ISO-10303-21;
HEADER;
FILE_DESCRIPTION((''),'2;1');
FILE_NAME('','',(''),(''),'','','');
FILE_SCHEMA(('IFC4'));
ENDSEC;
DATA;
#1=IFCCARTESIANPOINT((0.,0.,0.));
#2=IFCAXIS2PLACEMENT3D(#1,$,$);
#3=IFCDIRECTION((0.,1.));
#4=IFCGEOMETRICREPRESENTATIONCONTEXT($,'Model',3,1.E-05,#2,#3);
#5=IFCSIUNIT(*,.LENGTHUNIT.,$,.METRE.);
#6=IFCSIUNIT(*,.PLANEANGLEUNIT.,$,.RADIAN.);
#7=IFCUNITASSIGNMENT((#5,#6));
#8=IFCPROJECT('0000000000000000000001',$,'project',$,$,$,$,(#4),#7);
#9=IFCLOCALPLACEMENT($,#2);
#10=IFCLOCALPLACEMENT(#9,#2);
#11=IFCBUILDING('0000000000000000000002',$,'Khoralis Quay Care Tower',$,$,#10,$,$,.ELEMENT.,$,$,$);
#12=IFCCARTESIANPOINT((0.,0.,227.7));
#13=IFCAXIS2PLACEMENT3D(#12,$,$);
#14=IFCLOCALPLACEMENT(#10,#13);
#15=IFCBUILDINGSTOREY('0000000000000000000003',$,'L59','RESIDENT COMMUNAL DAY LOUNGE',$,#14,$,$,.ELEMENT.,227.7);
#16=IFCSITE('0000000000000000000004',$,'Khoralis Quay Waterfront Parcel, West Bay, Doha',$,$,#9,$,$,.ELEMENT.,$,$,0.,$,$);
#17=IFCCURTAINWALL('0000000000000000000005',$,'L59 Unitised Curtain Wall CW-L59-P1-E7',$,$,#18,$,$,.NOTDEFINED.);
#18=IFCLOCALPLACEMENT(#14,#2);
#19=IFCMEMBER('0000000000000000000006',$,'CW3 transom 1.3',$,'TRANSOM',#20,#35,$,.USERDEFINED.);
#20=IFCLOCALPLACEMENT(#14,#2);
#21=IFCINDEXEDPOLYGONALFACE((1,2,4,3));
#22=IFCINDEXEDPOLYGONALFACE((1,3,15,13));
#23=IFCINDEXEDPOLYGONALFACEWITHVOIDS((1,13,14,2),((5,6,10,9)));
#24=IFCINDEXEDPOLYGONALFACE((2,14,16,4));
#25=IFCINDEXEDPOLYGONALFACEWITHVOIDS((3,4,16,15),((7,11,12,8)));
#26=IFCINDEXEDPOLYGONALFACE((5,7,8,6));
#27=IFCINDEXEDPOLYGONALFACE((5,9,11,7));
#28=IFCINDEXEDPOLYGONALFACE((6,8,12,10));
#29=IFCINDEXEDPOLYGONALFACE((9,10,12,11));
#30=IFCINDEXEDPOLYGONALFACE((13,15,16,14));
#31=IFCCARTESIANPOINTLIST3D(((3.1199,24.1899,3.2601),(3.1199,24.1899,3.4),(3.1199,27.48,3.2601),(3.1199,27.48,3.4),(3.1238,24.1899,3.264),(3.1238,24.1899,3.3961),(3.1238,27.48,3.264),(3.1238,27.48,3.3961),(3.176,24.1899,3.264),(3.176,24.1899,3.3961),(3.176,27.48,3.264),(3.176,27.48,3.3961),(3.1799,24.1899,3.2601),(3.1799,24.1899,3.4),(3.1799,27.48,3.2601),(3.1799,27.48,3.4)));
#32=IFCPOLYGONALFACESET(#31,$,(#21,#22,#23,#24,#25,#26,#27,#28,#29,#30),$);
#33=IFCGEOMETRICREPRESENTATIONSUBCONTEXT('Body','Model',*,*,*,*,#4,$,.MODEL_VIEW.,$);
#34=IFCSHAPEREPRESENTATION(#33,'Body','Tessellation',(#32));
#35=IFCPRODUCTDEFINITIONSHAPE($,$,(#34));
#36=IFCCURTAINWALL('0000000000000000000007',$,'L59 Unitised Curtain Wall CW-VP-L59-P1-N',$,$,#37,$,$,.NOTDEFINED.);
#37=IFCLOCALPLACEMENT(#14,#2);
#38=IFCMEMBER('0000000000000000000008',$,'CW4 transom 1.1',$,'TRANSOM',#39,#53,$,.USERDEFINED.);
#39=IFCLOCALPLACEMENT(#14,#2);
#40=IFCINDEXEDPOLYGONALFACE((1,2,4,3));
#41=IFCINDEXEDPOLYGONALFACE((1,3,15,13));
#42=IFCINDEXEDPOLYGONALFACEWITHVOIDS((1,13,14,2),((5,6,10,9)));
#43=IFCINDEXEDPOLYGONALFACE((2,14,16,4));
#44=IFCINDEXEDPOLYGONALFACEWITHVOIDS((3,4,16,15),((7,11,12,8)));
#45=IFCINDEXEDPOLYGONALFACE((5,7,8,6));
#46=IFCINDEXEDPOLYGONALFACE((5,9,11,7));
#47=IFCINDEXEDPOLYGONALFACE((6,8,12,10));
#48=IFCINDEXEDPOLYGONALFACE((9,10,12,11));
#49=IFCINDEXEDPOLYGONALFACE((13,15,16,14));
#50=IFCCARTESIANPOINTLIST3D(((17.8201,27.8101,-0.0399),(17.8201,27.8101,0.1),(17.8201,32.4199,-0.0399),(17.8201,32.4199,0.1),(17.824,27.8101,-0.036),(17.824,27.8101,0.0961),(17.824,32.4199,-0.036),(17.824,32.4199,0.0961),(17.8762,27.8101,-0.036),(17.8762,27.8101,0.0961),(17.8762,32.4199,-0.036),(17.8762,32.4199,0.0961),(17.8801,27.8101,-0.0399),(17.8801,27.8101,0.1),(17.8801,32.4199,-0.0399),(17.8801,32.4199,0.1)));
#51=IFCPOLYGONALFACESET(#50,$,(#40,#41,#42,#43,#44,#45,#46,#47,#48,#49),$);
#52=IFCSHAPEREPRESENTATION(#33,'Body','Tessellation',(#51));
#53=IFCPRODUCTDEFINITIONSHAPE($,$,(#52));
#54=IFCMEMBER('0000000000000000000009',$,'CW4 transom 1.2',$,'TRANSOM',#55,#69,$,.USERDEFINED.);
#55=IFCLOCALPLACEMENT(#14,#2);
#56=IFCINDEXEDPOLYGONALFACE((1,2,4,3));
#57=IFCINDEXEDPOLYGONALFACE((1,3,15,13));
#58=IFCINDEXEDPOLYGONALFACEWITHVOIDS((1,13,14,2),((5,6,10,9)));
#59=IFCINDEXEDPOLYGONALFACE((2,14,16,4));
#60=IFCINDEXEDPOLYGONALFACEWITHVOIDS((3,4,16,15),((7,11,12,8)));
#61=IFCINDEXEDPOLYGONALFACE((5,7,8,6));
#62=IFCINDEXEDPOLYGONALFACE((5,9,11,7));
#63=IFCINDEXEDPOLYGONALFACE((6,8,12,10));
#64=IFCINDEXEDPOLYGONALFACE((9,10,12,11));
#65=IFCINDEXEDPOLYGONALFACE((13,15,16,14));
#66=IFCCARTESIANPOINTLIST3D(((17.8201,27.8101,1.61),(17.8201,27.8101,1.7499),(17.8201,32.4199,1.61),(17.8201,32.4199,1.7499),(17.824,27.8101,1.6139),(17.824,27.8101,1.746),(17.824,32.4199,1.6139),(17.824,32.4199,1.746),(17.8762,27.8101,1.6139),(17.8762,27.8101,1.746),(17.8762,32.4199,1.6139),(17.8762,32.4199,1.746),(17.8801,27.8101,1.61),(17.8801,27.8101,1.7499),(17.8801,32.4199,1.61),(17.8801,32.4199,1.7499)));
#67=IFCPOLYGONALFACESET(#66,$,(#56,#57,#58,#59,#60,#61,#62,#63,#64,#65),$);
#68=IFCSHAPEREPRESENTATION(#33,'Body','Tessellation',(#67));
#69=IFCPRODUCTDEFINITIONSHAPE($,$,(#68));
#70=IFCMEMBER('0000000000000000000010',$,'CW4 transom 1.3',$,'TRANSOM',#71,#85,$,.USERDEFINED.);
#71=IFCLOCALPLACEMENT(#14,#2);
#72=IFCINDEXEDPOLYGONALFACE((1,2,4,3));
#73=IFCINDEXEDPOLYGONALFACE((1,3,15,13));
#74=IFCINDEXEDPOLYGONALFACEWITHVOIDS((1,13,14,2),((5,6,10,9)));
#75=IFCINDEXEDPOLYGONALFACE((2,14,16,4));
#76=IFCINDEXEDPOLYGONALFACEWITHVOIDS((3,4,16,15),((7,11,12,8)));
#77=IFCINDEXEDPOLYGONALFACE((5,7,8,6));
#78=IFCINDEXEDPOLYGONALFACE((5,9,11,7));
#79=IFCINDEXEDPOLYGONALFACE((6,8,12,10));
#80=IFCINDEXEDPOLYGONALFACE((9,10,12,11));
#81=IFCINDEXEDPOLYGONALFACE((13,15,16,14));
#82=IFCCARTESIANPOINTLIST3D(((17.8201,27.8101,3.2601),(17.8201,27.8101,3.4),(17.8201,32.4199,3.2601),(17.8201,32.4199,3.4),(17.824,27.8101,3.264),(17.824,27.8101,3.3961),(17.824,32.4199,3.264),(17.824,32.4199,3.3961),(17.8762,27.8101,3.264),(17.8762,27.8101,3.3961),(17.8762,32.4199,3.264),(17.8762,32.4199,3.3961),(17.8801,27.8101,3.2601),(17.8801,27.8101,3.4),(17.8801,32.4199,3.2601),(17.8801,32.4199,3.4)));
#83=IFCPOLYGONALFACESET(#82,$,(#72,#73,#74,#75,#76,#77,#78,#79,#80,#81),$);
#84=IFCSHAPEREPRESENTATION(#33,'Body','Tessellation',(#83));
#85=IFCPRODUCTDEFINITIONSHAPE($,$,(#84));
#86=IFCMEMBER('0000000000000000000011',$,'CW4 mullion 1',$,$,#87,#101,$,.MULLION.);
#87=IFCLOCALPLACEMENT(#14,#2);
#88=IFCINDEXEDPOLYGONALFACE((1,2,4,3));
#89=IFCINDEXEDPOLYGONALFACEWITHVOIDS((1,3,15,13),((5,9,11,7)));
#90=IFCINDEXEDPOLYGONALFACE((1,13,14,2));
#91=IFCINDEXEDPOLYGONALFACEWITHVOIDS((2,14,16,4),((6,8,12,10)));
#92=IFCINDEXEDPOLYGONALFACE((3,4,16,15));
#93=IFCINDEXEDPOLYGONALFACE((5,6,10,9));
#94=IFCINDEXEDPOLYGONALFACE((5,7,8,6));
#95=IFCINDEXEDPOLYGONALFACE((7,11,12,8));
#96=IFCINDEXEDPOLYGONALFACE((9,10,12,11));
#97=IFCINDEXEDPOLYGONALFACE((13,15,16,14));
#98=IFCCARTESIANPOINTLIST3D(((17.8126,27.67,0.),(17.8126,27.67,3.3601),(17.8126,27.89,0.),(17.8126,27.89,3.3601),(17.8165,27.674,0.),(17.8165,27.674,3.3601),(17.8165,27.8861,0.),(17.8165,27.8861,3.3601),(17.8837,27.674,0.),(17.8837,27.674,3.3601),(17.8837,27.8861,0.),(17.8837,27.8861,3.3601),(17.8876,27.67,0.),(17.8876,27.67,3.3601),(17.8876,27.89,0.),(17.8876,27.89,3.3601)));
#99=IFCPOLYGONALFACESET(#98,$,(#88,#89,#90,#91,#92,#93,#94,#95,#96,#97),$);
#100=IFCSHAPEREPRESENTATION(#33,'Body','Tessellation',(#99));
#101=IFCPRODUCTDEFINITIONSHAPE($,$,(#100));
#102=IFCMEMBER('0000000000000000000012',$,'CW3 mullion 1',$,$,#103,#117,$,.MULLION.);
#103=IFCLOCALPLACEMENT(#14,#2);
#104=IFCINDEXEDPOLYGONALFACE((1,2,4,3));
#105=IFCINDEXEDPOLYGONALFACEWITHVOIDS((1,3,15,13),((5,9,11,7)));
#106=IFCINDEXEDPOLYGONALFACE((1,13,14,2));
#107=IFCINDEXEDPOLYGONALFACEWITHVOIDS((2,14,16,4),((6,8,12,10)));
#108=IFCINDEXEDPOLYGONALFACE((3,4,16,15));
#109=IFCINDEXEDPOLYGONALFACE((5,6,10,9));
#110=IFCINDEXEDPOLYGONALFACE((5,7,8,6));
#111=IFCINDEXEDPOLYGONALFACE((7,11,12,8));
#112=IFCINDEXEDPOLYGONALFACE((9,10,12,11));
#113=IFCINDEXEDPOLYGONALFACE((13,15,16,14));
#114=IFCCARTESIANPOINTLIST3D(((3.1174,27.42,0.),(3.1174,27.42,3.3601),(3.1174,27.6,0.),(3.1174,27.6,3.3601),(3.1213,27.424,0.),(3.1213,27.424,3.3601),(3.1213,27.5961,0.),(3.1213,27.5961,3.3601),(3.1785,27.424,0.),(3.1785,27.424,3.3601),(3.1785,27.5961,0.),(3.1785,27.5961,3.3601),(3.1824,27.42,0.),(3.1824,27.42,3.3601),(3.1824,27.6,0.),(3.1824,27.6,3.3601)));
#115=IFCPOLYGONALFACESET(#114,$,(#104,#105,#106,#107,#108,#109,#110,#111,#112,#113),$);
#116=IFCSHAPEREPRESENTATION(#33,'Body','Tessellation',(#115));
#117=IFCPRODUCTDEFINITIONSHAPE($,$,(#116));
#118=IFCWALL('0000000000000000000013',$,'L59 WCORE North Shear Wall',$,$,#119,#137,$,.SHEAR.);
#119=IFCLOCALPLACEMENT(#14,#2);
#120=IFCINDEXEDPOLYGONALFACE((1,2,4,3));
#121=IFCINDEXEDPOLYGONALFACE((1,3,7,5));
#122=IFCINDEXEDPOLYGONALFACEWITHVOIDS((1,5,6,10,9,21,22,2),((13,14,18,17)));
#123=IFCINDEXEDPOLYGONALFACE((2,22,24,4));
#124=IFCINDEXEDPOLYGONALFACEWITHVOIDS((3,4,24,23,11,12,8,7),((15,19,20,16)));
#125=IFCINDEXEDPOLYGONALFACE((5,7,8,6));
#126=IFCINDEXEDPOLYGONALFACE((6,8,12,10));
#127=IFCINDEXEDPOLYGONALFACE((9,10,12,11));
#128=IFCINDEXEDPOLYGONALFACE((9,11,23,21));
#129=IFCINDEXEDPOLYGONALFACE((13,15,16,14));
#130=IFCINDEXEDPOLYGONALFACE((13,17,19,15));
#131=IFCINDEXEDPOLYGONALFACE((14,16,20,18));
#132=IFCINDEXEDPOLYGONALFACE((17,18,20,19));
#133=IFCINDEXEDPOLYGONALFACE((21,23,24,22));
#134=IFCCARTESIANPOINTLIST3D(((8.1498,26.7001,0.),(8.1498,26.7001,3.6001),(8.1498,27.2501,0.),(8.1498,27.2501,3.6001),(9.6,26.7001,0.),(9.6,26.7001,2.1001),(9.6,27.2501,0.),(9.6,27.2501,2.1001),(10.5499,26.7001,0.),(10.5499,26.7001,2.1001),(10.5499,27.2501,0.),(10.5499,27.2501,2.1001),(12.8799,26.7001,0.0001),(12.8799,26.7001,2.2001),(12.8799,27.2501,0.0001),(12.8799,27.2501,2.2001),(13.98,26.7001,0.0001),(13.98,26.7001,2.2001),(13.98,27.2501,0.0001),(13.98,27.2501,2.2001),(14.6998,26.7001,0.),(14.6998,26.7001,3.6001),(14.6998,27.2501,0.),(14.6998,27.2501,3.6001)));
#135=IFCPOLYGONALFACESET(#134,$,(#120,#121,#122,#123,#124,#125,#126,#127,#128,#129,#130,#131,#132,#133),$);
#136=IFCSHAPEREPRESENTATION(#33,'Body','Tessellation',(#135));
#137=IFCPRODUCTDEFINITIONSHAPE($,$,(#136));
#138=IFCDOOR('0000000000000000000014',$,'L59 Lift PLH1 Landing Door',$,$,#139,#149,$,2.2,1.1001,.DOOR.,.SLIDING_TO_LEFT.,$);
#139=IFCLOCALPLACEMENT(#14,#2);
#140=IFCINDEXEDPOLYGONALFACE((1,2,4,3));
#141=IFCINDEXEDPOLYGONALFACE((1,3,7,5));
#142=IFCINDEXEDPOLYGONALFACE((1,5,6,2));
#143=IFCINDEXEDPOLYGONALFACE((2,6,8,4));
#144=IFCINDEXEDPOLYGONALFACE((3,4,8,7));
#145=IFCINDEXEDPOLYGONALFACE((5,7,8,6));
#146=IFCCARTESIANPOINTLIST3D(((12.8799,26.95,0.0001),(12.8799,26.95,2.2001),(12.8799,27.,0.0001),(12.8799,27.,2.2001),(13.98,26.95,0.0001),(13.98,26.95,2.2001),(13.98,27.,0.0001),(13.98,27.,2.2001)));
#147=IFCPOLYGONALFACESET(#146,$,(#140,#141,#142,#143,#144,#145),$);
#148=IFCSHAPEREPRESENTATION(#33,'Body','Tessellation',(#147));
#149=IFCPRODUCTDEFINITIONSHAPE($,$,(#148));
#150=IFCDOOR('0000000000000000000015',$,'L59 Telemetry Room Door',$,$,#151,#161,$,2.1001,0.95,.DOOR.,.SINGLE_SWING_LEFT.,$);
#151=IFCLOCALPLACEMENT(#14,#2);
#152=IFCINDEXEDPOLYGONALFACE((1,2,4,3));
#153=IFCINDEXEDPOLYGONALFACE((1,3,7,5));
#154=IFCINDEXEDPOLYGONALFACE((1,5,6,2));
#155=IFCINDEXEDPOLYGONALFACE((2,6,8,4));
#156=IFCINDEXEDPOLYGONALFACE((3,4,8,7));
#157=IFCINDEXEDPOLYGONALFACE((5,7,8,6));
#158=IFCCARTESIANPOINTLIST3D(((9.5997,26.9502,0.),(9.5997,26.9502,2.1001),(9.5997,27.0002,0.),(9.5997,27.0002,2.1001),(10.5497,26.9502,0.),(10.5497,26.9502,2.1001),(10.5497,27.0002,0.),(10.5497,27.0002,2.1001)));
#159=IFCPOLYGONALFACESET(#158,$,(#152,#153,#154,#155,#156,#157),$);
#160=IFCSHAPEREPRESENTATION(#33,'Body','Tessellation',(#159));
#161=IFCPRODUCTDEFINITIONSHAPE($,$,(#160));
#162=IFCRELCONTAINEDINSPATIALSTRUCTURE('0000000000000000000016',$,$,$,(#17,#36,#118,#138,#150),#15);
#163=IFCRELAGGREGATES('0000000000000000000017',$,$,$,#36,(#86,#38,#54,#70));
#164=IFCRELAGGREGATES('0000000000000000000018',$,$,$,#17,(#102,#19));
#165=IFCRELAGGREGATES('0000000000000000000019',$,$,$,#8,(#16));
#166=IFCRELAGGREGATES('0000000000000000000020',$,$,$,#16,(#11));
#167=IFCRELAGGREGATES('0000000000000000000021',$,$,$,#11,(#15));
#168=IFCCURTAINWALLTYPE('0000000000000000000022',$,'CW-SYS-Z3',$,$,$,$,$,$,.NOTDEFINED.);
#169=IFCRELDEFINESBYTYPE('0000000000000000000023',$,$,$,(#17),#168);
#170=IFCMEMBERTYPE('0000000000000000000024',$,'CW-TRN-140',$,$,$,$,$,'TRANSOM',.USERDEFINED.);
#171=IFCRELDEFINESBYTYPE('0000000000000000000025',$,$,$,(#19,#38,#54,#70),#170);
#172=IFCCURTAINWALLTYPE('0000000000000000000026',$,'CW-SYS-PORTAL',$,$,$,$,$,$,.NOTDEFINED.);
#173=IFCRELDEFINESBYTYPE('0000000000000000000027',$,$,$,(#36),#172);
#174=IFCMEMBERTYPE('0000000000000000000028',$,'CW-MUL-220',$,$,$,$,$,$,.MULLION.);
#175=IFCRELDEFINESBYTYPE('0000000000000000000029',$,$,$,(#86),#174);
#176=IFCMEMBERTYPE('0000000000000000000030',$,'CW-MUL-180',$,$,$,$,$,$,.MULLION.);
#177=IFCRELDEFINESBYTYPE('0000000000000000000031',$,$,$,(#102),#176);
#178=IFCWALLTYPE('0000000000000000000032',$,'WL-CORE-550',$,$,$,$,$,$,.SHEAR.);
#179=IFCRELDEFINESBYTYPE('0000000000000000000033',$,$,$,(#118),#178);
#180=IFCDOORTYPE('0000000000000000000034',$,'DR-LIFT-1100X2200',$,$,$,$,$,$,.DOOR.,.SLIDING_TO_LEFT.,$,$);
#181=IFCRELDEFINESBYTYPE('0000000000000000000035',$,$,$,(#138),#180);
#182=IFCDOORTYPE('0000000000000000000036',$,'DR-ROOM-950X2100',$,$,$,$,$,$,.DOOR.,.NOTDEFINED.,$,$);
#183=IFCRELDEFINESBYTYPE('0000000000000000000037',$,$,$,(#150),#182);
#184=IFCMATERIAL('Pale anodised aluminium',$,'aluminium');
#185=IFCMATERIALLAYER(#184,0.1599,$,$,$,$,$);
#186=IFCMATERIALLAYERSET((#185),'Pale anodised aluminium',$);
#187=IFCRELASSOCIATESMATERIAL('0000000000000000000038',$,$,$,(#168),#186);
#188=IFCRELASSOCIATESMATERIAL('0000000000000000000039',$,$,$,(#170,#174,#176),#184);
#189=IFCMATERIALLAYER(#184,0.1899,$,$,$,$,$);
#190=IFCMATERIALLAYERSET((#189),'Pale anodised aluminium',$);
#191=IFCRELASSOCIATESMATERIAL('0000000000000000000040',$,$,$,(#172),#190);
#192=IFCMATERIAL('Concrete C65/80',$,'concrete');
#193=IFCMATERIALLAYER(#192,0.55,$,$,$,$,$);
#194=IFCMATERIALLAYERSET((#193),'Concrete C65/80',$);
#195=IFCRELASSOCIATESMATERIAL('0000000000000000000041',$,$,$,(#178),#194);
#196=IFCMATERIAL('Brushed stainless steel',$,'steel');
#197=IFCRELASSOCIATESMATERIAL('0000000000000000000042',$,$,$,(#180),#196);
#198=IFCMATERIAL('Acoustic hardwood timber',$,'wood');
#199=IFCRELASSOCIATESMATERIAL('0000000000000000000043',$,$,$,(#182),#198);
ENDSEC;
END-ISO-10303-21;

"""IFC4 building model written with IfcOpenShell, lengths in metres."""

from ifc_helpers import new_model, si_unit, direction, frame, frame_2d, origin, origin_2d, place, context, subcontext, project, spatial, rectangle, hollow_rectangle, extrude, source, transform, mapped, material, layer, layer_set, material_profile, profile_set, type_object, element, fill, aggregate, save


model = new_model("IFC4")

# Units and contexts
model_context = context("Model", 3, precision=1e-05, world=origin(), true_north=direction((0.0, 1.0)))
body_context = subcontext(model_context, "Body", "Model", "MODEL_VIEW")
ifc_project = project(units=[si_unit("LENGTHUNIT", "METRE"), si_unit("PLANEANGLEUNIT", "RADIAN")], contexts=[model_context])

# Site, building, storey
site_placement = place(None, origin())
site = spatial("IfcSite", under=ifc_project, at=site_placement, Name="Khoralis Quay Waterfront Parcel, West Bay, Doha", CompositionType="ELEMENT", RefElevation=0.0)
building_placement = place(site_placement, origin())
building = spatial("IfcBuilding", under=site, at=building_placement, Name="Khoralis Quay Care Tower", CompositionType="ELEMENT")
storey_placement = place(building_placement, frame((0.0, 0.0, 227.7)))
storey = spatial("IfcBuildingStorey", under=building, at=storey_placement, Name="L59", Description="RESIDENT COMMUNAL DAY LOUNGE", CompositionType="ELEMENT", Elevation=227.7)

# Curtain walls, members
ifc_material_1 = material(Name="Pale anodised aluminium", Category="aluminium")
ifc_layer_1 = layer(ifc_material_1, 0.1599)
ifc_layer_set_1 = layer_set([ifc_layer_1], Name="Pale anodised aluminium")
curtain_wall_type_1 = type_object("IfcCurtainWallType", Name="CW-SYS-Z3", PredefinedType="NOTDEFINED", material=ifc_layer_set_1)
curtain_wall_1_placement = place(storey_placement, origin())
curtain_wall_1 = element("IfcCurtainWall", 1, at=curtain_wall_1_placement, inside=storey, type_object=curtain_wall_type_1, Name="L59 Unitised Curtain Wall CW-L59-P1-E7", PredefinedType="NOTDEFINED")
ifc_material_profile_1 = material_profile(ifc_material_1, hollow_rectangle(XDim=0.0601, YDim=0.1399, WallThickness=0.0039, at=origin_2d()), Name="Pale anodised aluminium")
ifc_profile_set_1 = profile_set([ifc_material_profile_1], Name="Pale anodised aluminium")
member_type_1 = type_object("IfcMemberType", Name="CW-TRN-140", ElementType="TRANSOM", PredefinedType="USERDEFINED", material=ifc_profile_set_1)
shared_shape_1 = source(origin(), body_context, "Body", "SweptSolid", [
    extrude(hollow_rectangle(XDim=0.0601, YDim=0.1399, WallThickness=0.0039, at=origin_2d()), origin(), (0.0, 0.0, 1.0), 3.29),
])
member_1_placement = place(storey_placement, frame((3.1499, 27.48, 3.3301), z_axis=(0.0, -1.0, 0.0), x_axis=(1.0, 0.0, 0.0)))
member_1 = element("IfcMember", 2, at=member_1_placement, type_object=member_type_1, Name="CW3 transom 1.3", ObjectType="TRANSOM", PredefinedType="USERDEFINED", context=body_context, shape_type="MappedRepresentation", body=[
    mapped(shared_shape_1, transform((0.0, 0.0, 0.0), scale=1.0)),
])
ifc_layer_2 = layer(ifc_material_1, 0.1899)
ifc_layer_set_2 = layer_set([ifc_layer_2], Name="Pale anodised aluminium")
curtain_wall_type_2 = type_object("IfcCurtainWallType", Name="CW-SYS-PORTAL", PredefinedType="NOTDEFINED", material=ifc_layer_set_2)
curtain_wall_2_placement = place(storey_placement, origin())
curtain_wall_2 = element("IfcCurtainWall", 3, at=curtain_wall_2_placement, inside=storey, type_object=curtain_wall_type_2, Name="L59 Unitised Curtain Wall CW-VP-L59-P1-N", PredefinedType="NOTDEFINED")
shared_shape_2 = source(origin(), body_context, "Body", "SweptSolid", [
    extrude(hollow_rectangle(XDim=0.0601, YDim=0.1399, WallThickness=0.0039, at=origin_2d()), origin(), (0.0, 0.0, 1.0), 4.6099),
])
member_2_placement = place(storey_placement, frame((17.8501, 27.8101, 0.03), z_axis=(0.0, 1.0, 0.0), x_axis=(-1.0, 0.0, 0.0)))
member_2 = element("IfcMember", 4, at=member_2_placement, type_object=member_type_1, Name="CW4 transom 1.1", ObjectType="TRANSOM", PredefinedType="USERDEFINED", context=body_context, shape_type="MappedRepresentation", body=[
    mapped(shared_shape_2, transform((0.0, 0.0, 0.0), scale=1.0)),
])
member_3_placement = place(storey_placement, frame((17.8501, 27.8101, 1.6799), z_axis=(0.0, 1.0, 0.0), x_axis=(-1.0, 0.0, 0.0)))
member_3 = element("IfcMember", 5, at=member_3_placement, type_object=member_type_1, Name="CW4 transom 1.2", ObjectType="TRANSOM", PredefinedType="USERDEFINED", context=body_context, shape_type="MappedRepresentation", body=[
    mapped(shared_shape_2, transform((0.0, 0.0, 0.0), scale=1.0)),
])
member_4_placement = place(storey_placement, frame((17.8501, 27.8101, 3.3301), z_axis=(0.0, 1.0, 0.0), x_axis=(-1.0, 0.0, 0.0)))
member_4 = element("IfcMember", 6, at=member_4_placement, type_object=member_type_1, Name="CW4 transom 1.3", ObjectType="TRANSOM", PredefinedType="USERDEFINED", context=body_context, shape_type="MappedRepresentation", body=[
    mapped(shared_shape_2, transform((0.0, 0.0, 0.0), scale=1.0)),
])
ifc_material_profile_2 = material_profile(ifc_material_1, hollow_rectangle(XDim=0.075, YDim=0.22, WallThickness=0.0039, at=origin_2d()), Name="Pale anodised aluminium")
ifc_profile_set_2 = profile_set([ifc_material_profile_2], Name="Pale anodised aluminium")
member_type_2 = type_object("IfcMemberType", Name="CW-MUL-220", PredefinedType="MULLION", material=ifc_profile_set_2)
shared_shape_3 = source(origin(), body_context, "Body", "SweptSolid", [
    extrude(hollow_rectangle(XDim=0.075, YDim=0.22, WallThickness=0.0039, at=origin_2d()), origin(), (0.0, 0.0, 1.0), 3.3601),
])
member_5_placement = place(storey_placement, frame((17.8501, 27.78, 0.0), z_axis=(0.0, 0.0, 1.0), x_axis=(-1.0, 0.0, 0.0)))
member_5 = element("IfcMember", 7, at=member_5_placement, type_object=member_type_2, Name="CW4 mullion 1", PredefinedType="MULLION", context=body_context, shape_type="MappedRepresentation", body=[
    mapped(shared_shape_3, transform((0.0, 0.0, 0.0), scale=1.0)),
])
aggregate(curtain_wall_2, [member_5, member_2, member_3, member_4])

# Member
ifc_material_profile_3 = material_profile(ifc_material_1, hollow_rectangle(XDim=0.0649, YDim=0.1799, WallThickness=0.0039, at=origin_2d()), Name="Pale anodised aluminium")
ifc_profile_set_3 = profile_set([ifc_material_profile_3], Name="Pale anodised aluminium")
member_type_3 = type_object("IfcMemberType", Name="CW-MUL-180", PredefinedType="MULLION", material=ifc_profile_set_3)
shared_shape_4 = source(origin(), body_context, "Body", "SweptSolid", [
    extrude(hollow_rectangle(XDim=0.0649, YDim=0.1799, WallThickness=0.0039, at=origin_2d()), origin(), (0.0, 0.0, 1.0), 3.3601),
])
member_6_placement = place(storey_placement, frame((3.1499, 27.51, 0.0), z_axis=(0.0, 0.0, 1.0), x_axis=(1.0, 0.0, 0.0)))
member_6 = element("IfcMember", 8, at=member_6_placement, type_object=member_type_3, Name="CW3 mullion 1", PredefinedType="MULLION", context=body_context, shape_type="MappedRepresentation", body=[
    mapped(shared_shape_4, transform((0.0, 0.0, 0.0), scale=1.0)),
])
aggregate(curtain_wall_1, [member_6, member_1])

# Wall, openings, doors
ifc_material_2 = material(Name="Concrete C65/80", Category="concrete")
ifc_layer_3 = layer(ifc_material_2, 0.55)
ifc_layer_set_3 = layer_set([ifc_layer_3], Name="Concrete C65/80")
wall_type_1 = type_object("IfcWallType", Name="WL-CORE-550", PredefinedType="SHEAR", material=ifc_layer_set_3)
wall_1_placement = place(storey_placement, frame((8.1499, 26.9751, 0.0), z_axis=(0.0, 0.0, 1.0), x_axis=(1.0, 0.0, 0.0)))
wall_1 = element("IfcWall", 9, at=wall_1_placement, inside=storey, type_object=wall_type_1, Name="L59 WCORE North Shear Wall", PredefinedType="SHEAR", context=body_context, shape_type="SweptSolid", body=[
    extrude(rectangle(XDim=6.55, YDim=0.55, at=frame_2d((3.2749, 0.0))), origin(), (0.0, 0.0, 1.0), 3.6001),
])
opening_1_placement = place(wall_1_placement, frame((1.45, 0.0, 0.0)))
opening_1 = element("IfcOpeningElement", 10, at=opening_1_placement, cuts=wall_1, PredefinedType="OPENING", context=body_context, shape_type="SweptSolid", body=[
    extrude(rectangle(XDim=0.95, YDim=2.1001, at=frame_2d((0.4751, 1.05))), frame((0.0, 0.2852, 0.0), z_axis=(0.0, -1.0, 0.0), x_axis=(1.0, 0.0, 0.0)), (0.0, 0.0, 1.0), 0.5701),
])
opening_2_placement = place(wall_1_placement, frame((4.73, 0.0, 0.0)))
opening_2 = element("IfcOpeningElement", 11, at=opening_2_placement, cuts=wall_1, PredefinedType="OPENING", context=body_context, shape_type="SweptSolid", body=[
    extrude(rectangle(XDim=1.1001, YDim=2.2, at=frame_2d((0.55, 1.1001))), frame((0.0, 0.2852, 0.0), z_axis=(0.0, -1.0, 0.0), x_axis=(1.0, 0.0, 0.0)), (0.0, 0.0, 1.0), 0.5701),
])
ifc_material_3 = material(Name="Brushed stainless steel", Category="steel")
door_type_1 = type_object("IfcDoorType", Name="DR-LIFT-1100X2200", OperationType="SLIDING_TO_LEFT", PredefinedType="DOOR", material=ifc_material_3)
shared_shape_5 = source(origin(), body_context, "Body", "SweptSolid", [
    extrude(rectangle(XDim=1.1001, YDim=2.2, at=frame_2d((0.55, 1.1001))), frame((0.0, 0.0249, 0.0), z_axis=(0.0, -1.0, 0.0), x_axis=(1.0, 0.0, 0.0)), (0.0, 0.0, 1.0), 0.05),
])
door_1_placement = place(opening_2_placement, origin())
door_1 = element("IfcDoor", 12, at=door_1_placement, inside=storey, type_object=door_type_1, Name="L59 Lift PLH1 Landing Door", OperationType="SLIDING_TO_LEFT", OverallHeight=2.2, OverallWidth=1.1001, PredefinedType="DOOR", context=body_context, shape_type="MappedRepresentation", body=[
    mapped(shared_shape_5, transform((0.0, 0.0, 0.0), scale=1.0)),
])
fill(opening_2, door_1)
ifc_material_4 = material(Name="Acoustic hardwood timber", Category="wood")
door_type_2 = type_object("IfcDoorType", Name="DR-ROOM-950X2100", OperationType="NOTDEFINED", PredefinedType="DOOR", material=ifc_material_4)
shared_shape_6 = source(origin(), body_context, "Body", "SweptSolid", [
    extrude(rectangle(XDim=0.95, YDim=2.1001, at=frame_2d((0.4751, 1.05))), frame((0.0, 0.0249, 0.0), z_axis=(0.0, -1.0, 0.0), x_axis=(1.0, 0.0, 0.0)), (0.0, 0.0, 1.0), 0.05),
])
door_2_placement = place(opening_1_placement, frame((0.95, 0.0, 0.0), z_axis=(0.0, 0.0, 1.0), x_axis=(-1.0, 0.0, 0.0)))
door_2 = element("IfcDoor", 13, at=door_2_placement, inside=storey, type_object=door_type_2, Name="L59 Telemetry Room Door", OperationType="SINGLE_SWING_LEFT", OverallHeight=2.1001, OverallWidth=0.95, PredefinedType="DOOR", context=body_context, shape_type="MappedRepresentation", body=[
    mapped(shared_shape_6, transform((0.0, 0.0, 0.0), scale=1.0)),
])
fill(opening_1, door_2)

save(model, "model.ifc")
